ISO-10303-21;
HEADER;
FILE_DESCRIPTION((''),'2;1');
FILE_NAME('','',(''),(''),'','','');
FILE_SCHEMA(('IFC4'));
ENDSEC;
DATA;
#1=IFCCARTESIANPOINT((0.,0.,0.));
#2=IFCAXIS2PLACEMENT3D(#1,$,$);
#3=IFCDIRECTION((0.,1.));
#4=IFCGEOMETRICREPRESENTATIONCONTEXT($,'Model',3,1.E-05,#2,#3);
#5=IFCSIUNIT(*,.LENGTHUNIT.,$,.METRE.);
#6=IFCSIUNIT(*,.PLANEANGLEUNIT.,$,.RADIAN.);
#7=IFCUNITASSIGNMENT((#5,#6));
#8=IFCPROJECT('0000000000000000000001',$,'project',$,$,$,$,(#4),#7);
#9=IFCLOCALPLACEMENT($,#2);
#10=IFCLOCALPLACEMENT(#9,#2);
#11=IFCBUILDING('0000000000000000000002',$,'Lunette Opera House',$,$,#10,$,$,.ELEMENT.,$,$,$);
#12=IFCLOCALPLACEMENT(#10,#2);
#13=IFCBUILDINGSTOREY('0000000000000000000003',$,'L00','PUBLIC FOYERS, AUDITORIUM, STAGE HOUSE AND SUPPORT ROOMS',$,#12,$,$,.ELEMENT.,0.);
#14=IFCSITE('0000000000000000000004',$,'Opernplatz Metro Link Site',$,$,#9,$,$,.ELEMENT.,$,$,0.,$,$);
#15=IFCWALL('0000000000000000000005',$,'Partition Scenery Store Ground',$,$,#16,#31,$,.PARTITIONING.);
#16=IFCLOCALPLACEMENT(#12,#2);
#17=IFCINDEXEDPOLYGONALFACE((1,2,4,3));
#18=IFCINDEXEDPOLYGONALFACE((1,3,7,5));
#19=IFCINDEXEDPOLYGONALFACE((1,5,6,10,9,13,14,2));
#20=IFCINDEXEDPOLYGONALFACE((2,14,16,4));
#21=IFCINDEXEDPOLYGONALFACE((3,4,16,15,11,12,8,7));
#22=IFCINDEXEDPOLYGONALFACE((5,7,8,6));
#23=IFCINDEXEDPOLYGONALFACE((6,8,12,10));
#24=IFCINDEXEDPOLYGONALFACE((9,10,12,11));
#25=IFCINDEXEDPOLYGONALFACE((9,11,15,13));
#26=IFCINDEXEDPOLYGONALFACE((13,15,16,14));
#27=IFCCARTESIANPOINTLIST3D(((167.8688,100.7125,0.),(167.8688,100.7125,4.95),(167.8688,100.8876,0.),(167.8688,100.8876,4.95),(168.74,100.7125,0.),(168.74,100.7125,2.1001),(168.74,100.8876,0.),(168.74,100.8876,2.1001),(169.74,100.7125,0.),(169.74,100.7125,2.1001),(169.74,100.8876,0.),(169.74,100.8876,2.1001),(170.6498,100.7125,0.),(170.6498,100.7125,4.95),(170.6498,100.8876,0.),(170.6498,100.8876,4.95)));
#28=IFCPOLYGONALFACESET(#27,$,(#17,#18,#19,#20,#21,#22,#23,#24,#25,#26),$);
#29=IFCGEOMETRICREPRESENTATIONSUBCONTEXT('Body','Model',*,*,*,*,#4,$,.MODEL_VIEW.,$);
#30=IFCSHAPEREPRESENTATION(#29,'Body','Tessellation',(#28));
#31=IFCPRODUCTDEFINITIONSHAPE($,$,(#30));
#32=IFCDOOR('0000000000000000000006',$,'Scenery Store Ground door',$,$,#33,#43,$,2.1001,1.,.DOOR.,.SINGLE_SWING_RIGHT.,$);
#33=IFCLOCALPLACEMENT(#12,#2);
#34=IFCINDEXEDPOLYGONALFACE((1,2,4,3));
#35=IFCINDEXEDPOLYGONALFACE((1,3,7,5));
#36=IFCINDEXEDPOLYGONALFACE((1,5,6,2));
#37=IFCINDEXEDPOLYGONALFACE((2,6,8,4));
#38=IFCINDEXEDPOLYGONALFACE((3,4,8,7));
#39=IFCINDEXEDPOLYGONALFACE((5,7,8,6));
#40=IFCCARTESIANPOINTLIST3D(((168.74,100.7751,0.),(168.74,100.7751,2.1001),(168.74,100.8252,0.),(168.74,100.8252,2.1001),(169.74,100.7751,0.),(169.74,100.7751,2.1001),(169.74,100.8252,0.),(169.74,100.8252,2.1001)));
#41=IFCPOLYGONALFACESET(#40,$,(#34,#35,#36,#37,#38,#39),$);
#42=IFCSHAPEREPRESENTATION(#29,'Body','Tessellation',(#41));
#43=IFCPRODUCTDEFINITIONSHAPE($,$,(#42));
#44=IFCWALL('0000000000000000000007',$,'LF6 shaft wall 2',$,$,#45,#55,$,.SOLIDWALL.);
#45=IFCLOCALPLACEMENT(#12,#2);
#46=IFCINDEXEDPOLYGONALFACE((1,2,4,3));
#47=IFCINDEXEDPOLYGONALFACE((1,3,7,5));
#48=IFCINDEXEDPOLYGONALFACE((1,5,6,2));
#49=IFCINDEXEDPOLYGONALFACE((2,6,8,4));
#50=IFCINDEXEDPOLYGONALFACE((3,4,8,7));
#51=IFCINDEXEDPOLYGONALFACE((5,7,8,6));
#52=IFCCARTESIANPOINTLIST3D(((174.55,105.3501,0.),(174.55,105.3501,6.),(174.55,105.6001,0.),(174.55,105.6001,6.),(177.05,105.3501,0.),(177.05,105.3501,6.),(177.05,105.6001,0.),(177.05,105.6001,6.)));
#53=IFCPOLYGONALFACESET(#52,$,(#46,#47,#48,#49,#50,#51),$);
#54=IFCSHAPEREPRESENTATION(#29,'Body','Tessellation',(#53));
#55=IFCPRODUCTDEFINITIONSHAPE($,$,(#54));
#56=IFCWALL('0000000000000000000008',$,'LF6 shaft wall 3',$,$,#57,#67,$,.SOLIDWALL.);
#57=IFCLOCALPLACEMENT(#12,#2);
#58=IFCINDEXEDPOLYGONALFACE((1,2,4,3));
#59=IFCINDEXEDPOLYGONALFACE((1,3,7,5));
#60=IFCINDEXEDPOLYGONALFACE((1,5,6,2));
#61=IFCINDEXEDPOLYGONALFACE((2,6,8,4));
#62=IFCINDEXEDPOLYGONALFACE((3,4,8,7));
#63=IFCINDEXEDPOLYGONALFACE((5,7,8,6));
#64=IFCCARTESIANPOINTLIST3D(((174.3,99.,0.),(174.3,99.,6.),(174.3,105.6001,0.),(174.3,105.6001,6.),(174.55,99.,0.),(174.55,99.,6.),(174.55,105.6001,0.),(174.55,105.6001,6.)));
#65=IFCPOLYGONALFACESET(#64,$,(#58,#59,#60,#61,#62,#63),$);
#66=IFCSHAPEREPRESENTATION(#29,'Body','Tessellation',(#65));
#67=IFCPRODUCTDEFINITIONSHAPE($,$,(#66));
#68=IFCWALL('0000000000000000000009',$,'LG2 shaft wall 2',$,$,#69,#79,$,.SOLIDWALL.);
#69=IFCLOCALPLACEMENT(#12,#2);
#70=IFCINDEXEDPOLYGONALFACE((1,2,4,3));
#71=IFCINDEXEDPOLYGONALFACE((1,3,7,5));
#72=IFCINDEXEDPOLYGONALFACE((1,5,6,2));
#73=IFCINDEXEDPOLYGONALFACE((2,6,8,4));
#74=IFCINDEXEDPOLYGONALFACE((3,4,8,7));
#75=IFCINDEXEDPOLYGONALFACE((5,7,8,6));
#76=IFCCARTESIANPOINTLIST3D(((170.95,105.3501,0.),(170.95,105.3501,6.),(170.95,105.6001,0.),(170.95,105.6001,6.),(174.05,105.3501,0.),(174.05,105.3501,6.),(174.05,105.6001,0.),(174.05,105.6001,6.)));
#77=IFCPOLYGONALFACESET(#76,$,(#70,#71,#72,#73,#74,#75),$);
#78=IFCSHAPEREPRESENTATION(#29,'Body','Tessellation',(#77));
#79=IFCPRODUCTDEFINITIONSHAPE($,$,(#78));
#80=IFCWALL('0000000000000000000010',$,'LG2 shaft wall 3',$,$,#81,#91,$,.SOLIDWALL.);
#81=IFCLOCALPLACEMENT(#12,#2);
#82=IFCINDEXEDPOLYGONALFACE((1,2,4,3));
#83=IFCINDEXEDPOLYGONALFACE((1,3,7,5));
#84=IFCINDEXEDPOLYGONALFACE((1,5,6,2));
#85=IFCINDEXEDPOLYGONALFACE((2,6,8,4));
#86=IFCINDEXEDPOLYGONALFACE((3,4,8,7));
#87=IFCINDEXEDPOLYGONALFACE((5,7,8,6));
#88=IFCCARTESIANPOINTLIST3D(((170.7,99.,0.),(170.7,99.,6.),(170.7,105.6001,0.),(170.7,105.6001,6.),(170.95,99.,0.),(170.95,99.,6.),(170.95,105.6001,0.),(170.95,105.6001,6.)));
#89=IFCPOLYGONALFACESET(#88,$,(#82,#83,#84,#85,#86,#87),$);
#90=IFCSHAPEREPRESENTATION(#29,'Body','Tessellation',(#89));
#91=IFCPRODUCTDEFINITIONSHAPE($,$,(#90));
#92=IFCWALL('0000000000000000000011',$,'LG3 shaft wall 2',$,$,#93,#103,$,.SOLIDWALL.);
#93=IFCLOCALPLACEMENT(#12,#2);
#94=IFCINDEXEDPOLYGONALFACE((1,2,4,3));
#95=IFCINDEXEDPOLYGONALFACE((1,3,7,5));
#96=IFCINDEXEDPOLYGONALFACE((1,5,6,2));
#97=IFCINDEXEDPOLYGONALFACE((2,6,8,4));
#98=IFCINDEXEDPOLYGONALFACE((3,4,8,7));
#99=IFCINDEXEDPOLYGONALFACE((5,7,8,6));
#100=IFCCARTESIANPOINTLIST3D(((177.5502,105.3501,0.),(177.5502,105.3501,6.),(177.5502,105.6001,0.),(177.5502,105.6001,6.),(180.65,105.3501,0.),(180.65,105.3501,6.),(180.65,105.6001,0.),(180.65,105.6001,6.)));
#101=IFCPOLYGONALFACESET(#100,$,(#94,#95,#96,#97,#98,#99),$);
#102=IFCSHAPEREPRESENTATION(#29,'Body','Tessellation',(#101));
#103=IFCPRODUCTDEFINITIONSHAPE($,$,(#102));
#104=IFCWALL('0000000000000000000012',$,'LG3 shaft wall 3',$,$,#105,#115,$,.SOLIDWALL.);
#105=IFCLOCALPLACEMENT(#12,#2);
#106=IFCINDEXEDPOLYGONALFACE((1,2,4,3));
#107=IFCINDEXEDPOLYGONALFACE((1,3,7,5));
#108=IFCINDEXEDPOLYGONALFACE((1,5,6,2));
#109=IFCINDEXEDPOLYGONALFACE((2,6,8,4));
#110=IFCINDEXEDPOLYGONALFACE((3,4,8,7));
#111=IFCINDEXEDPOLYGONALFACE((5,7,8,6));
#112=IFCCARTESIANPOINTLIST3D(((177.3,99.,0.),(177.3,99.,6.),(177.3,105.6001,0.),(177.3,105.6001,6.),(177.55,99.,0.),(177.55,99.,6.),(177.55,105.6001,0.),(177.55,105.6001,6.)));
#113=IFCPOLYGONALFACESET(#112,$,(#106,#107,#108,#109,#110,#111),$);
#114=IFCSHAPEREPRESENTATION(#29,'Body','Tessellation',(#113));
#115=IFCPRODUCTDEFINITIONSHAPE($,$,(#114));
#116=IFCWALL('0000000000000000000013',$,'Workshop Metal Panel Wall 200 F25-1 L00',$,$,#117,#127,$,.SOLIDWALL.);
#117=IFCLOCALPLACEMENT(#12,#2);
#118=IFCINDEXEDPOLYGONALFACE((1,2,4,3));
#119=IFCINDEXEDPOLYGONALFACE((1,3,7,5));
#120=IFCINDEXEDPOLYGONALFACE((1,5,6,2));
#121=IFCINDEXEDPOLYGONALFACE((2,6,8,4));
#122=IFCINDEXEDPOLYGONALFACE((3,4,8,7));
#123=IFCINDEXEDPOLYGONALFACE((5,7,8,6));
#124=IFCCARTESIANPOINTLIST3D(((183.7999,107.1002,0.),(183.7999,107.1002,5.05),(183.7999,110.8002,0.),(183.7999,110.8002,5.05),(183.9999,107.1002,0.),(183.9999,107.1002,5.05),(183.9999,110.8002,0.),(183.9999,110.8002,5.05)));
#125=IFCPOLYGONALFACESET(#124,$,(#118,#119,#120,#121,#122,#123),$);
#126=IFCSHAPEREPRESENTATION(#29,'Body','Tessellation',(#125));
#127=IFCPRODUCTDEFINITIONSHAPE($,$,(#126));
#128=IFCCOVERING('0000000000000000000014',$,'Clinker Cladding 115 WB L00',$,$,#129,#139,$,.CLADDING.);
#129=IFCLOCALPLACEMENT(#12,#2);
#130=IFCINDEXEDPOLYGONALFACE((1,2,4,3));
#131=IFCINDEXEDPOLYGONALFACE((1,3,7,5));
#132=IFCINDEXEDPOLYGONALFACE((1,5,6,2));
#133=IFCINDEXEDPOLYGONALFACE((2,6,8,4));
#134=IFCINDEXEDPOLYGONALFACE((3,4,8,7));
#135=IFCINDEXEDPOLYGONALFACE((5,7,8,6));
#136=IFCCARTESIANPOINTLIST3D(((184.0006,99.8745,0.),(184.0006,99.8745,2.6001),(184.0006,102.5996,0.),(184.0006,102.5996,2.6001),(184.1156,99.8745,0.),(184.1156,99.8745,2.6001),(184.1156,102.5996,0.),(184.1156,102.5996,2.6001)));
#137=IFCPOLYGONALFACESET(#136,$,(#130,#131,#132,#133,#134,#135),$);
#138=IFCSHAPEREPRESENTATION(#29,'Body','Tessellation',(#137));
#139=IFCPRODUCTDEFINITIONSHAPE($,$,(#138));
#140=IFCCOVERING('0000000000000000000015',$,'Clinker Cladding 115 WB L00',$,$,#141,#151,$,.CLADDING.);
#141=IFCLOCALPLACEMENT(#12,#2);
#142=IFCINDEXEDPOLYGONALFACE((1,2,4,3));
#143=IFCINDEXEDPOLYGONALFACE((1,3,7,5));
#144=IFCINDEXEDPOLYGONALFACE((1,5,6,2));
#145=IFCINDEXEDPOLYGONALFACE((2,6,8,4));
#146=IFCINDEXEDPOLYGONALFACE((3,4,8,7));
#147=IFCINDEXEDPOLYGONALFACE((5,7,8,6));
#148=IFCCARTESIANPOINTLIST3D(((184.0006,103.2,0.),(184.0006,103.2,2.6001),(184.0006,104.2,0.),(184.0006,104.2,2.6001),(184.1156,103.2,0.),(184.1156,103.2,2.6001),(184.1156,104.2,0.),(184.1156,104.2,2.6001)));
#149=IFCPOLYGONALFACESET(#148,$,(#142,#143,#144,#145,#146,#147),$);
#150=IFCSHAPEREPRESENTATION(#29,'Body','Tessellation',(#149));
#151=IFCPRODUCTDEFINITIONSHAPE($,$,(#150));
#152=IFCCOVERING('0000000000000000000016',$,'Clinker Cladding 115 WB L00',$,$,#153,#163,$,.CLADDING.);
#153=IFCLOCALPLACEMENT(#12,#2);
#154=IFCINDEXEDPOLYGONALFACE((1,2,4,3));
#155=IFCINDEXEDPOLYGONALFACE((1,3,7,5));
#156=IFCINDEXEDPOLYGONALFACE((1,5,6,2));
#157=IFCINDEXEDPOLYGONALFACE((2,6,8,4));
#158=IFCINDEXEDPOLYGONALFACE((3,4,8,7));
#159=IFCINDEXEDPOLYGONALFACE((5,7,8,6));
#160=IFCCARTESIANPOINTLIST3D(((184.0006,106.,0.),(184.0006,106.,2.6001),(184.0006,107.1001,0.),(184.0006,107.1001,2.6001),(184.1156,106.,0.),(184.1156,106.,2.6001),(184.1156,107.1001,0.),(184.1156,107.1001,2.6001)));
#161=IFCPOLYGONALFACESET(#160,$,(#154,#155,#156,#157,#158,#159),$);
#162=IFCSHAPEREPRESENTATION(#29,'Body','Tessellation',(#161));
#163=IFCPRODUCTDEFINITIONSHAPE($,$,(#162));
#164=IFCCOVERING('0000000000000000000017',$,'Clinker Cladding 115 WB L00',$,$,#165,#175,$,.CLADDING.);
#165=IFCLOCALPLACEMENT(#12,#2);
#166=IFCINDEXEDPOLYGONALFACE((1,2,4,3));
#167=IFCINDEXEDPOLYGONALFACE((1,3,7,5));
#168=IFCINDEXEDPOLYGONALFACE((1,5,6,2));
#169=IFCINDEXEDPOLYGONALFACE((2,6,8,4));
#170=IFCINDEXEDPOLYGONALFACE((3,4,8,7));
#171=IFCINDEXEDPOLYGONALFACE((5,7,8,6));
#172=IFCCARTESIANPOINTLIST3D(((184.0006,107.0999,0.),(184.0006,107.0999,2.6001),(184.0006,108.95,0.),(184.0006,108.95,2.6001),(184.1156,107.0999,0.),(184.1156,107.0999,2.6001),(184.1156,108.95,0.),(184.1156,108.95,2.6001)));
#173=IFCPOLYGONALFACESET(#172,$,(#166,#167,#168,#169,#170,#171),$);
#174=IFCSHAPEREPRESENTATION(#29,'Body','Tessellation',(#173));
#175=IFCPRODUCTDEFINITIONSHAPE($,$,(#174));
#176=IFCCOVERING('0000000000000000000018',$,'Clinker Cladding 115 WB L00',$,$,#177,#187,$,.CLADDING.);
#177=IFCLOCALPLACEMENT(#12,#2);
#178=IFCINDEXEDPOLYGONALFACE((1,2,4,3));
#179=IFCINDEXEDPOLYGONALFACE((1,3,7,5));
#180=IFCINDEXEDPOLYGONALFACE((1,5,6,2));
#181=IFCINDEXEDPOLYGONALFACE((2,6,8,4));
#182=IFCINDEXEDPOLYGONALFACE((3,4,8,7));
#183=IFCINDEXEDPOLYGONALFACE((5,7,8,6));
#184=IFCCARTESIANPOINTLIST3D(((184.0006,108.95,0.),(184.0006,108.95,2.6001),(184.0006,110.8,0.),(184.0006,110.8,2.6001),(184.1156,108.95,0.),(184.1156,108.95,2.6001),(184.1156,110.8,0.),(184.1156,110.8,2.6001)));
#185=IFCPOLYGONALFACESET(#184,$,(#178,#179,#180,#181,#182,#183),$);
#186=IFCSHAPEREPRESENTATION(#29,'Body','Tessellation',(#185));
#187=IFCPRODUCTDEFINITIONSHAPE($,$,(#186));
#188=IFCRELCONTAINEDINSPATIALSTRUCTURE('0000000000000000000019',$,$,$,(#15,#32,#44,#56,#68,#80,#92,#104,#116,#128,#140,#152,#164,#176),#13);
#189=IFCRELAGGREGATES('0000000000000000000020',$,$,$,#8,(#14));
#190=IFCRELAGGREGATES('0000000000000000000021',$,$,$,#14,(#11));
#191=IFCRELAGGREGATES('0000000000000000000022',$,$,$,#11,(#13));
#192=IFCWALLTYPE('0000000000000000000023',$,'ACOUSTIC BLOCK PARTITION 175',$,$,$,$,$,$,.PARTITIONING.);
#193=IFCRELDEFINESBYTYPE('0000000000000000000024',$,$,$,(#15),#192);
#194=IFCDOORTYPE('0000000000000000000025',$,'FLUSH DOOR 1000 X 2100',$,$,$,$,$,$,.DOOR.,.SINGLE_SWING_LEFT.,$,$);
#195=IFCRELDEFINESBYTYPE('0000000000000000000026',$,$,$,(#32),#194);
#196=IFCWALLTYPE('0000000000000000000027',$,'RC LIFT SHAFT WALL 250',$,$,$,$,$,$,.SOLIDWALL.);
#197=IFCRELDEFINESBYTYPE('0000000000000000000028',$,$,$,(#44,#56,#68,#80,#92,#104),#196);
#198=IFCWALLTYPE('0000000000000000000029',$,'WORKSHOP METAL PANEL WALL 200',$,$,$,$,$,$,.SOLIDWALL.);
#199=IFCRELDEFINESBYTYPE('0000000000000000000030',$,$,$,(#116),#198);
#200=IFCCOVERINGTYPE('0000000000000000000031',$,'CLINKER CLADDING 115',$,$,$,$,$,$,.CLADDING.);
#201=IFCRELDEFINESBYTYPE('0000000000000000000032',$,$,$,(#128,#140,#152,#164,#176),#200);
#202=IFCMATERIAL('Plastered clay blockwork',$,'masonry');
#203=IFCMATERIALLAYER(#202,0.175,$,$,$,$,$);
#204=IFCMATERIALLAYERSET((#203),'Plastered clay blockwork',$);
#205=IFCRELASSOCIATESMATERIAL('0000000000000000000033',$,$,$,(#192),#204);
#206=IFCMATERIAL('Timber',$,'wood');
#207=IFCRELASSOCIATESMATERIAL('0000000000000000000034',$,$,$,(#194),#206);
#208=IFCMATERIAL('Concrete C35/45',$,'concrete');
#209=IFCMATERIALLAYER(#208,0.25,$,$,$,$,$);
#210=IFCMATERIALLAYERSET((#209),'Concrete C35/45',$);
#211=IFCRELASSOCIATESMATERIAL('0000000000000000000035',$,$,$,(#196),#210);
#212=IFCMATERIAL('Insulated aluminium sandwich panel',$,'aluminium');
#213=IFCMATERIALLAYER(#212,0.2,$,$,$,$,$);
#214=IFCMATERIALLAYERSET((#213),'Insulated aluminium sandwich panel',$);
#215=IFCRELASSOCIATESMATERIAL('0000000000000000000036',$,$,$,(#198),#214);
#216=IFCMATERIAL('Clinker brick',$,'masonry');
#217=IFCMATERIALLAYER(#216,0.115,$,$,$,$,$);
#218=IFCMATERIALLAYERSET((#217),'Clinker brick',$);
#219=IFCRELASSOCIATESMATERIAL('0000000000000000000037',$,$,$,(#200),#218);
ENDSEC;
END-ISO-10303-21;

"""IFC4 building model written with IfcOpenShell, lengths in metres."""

from ifc_helpers import new_model, si_unit, direction, frame, frame_2d, origin, origin_2d, place, context, subcontext, project, spatial, rectangle, extrude, material, layer, layer_set, type_object, element, fill, save


model = new_model("IFC4")

# Units and contexts
model_context = context("Model", 3, precision=1e-05, world=origin(), true_north=direction((0.0, 1.0)))
body_context = subcontext(model_context, "Body", "Model", "MODEL_VIEW")
ifc_project = project(units=[si_unit("LENGTHUNIT", "METRE"), si_unit("PLANEANGLEUNIT", "RADIAN")], contexts=[model_context])

# Site, building, storey
site_placement = place(None, origin())
site = spatial("IfcSite", under=ifc_project, at=site_placement, Name="Opernplatz Metro Link Site", CompositionType="ELEMENT", RefElevation=0.0)
building_placement = place(site_placement, origin())
building = spatial("IfcBuilding", under=site, at=building_placement, Name="Lunette Opera House", CompositionType="ELEMENT")
storey_placement = place(building_placement, origin())
storey = spatial("IfcBuildingStorey", under=building, at=storey_placement, Name="L00", Description="PUBLIC FOYERS, AUDITORIUM, STAGE HOUSE AND SUPPORT ROOMS", CompositionType="ELEMENT", Elevation=0.0)

# Wall, opening, door
ifc_material_1 = material(Name="Plastered clay blockwork", Category="masonry")
ifc_layer_1 = layer(ifc_material_1, 0.175)
ifc_layer_set_1 = layer_set([ifc_layer_1], Name="Plastered clay blockwork")
wall_type_1 = type_object("IfcWallType", Name="ACOUSTIC BLOCK PARTITION 175", PredefinedType="PARTITIONING", material=ifc_layer_set_1)
wall_1_placement = place(storey_placement, frame((170.6499, 100.8, 0.0), z_axis=(0.0, 0.0, 1.0), x_axis=(-1.0, 0.0, 0.0)))
wall_1 = element("IfcWall", 1, at=wall_1_placement, inside=storey, type_object=wall_type_1, Name="Partition Scenery Store Ground", PredefinedType="PARTITIONING", context=body_context, shape_type="SweptSolid", body=[
    extrude(rectangle(XDim=2.781, YDim=0.175, at=frame_2d((1.3906, 0.0))), origin(), (0.0, 0.0, 1.0), 4.95),
])
opening_1_placement = place(wall_1_placement, frame((0.9099, 0.0, 0.0)))
opening_1 = element("IfcOpeningElement", 2, at=opening_1_placement, cuts=wall_1, PredefinedType="OPENING", context=body_context, shape_type="SweptSolid", body=[
    extrude(rectangle(XDim=1.0, YDim=2.1001, at=frame_2d((0.5, 1.05))), frame((0.0, 0.0996, 0.0), z_axis=(0.0, -1.0, 0.0), x_axis=(1.0, 0.0, 0.0)), (0.0, 0.0, 1.0), 0.199),
])
ifc_material_2 = material(Name="Timber", Category="wood")
door_type_1 = type_object("IfcDoorType", Name="FLUSH DOOR 1000 X 2100", OperationType="SINGLE_SWING_LEFT", PredefinedType="DOOR", material=ifc_material_2)
door_1_placement = place(opening_1_placement, origin())
door_1 = element("IfcDoor", 3, at=door_1_placement, inside=storey, type_object=door_type_1, Name="Scenery Store Ground door", OperationType="SINGLE_SWING_RIGHT", OverallHeight=2.1001, OverallWidth=1.0, PredefinedType="DOOR", context=body_context, shape_type="SweptSolid", body=[
    extrude(rectangle(XDim=1.0, YDim=2.1001, at=frame_2d((0.5, 1.05))), frame((0.0, 0.0249, 0.0), z_axis=(0.0, -1.0, 0.0), x_axis=(1.0, 0.0, 0.0)), (0.0, 0.0, 1.0), 0.05),
])
fill(opening_1, door_1)

# Walls
ifc_material_3 = material(Name="Concrete C35/45", Category="concrete")
ifc_layer_2 = layer(ifc_material_3, 0.25)
ifc_layer_set_2 = layer_set([ifc_layer_2], Name="Concrete C35/45")
wall_type_2 = type_object("IfcWallType", Name="RC LIFT SHAFT WALL 250", PredefinedType="SOLIDWALL", material=ifc_layer_set_2)
wall_2_placement = place(storey_placement, frame((177.05, 105.4751, 0.0), z_axis=(0.0, 0.0, 1.0), x_axis=(-1.0, 0.0, 0.0)))
element("IfcWall", 4, at=wall_2_placement, inside=storey, type_object=wall_type_2, Name="LF6 shaft wall 2", PredefinedType="SOLIDWALL", context=body_context, shape_type="SweptSolid", body=[
    extrude(rectangle(XDim=2.5, YDim=0.25, at=frame_2d((1.25, 0.0))), origin(), (0.0, 0.0, 1.0), 6.0),
])
wall_3_placement = place(storey_placement, frame((174.425, 105.6001, 0.0), z_axis=(0.0, 0.0, 1.0), x_axis=(0.0, -1.0, 0.0)))
element("IfcWall", 5, at=wall_3_placement, inside=storey, type_object=wall_type_2, Name="LF6 shaft wall 3", PredefinedType="SOLIDWALL", context=body_context, shape_type="SweptSolid", body=[
    extrude(rectangle(XDim=6.6001, YDim=0.25, at=frame_2d((3.3, 0.0))), origin(), (0.0, 0.0, 1.0), 6.0),
])
wall_4_placement = place(storey_placement, frame((174.05, 105.4751, 0.0), z_axis=(0.0, 0.0, 1.0), x_axis=(-1.0, 0.0, 0.0)))
element("IfcWall", 6, at=wall_4_placement, inside=storey, type_object=wall_type_2, Name="LG2 shaft wall 2", PredefinedType="SOLIDWALL", context=body_context, shape_type="SweptSolid", body=[
    extrude(rectangle(XDim=3.1001, YDim=0.25, at=frame_2d((1.55, 0.0))), origin(), (0.0, 0.0, 1.0), 6.0),
])
wall_5_placement = place(storey_placement, frame((170.825, 105.6001, 0.0), z_axis=(0.0, 0.0, 1.0), x_axis=(0.0, -1.0, 0.0)))
element("IfcWall", 7, at=wall_5_placement, inside=storey, type_object=wall_type_2, Name="LG2 shaft wall 3", PredefinedType="SOLIDWALL", context=body_context, shape_type="SweptSolid", body=[
    extrude(rectangle(XDim=6.6001, YDim=0.25, at=frame_2d((3.3, 0.0))), origin(), (0.0, 0.0, 1.0), 6.0),
])
wall_6_placement = place(storey_placement, frame((180.6499, 105.4751, 0.0), z_axis=(0.0, 0.0, 1.0), x_axis=(-1.0, 0.0, 0.0)))
element("IfcWall", 8, at=wall_6_placement, inside=storey, type_object=wall_type_2, Name="LG3 shaft wall 2", PredefinedType="SOLIDWALL", context=body_context, shape_type="SweptSolid", body=[
    extrude(rectangle(XDim=3.0999, YDim=0.25, at=frame_2d((1.5498, 0.0))), origin(), (0.0, 0.0, 1.0), 6.0),
])
wall_7_placement = place(storey_placement, frame((177.425, 105.6001, 0.0), z_axis=(0.0, 0.0, 1.0), x_axis=(0.0, -1.0, 0.0)))
element("IfcWall", 9, at=wall_7_placement, inside=storey, type_object=wall_type_2, Name="LG3 shaft wall 3", PredefinedType="SOLIDWALL", context=body_context, shape_type="SweptSolid", body=[
    extrude(rectangle(XDim=6.6001, YDim=0.25, at=frame_2d((3.3, 0.0))), origin(), (0.0, 0.0, 1.0), 6.0),
])

# Shared definitions
ifc_material_4 = material(Name="Insulated aluminium sandwich panel", Category="aluminium")
ifc_layer_3 = layer(ifc_material_4, 0.2)
ifc_layer_set_3 = layer_set([ifc_layer_3], Name="Insulated aluminium sandwich panel")
wall_type_3 = type_object("IfcWallType", Name="WORKSHOP METAL PANEL WALL 200", PredefinedType="SOLIDWALL", material=ifc_layer_set_3)

# Wall
wall_8_placement = place(storey_placement, frame((183.8999, 107.1001, 0.0), z_axis=(0.0, 0.0, 1.0), x_axis=(0.0, 1.0, 0.0)))
element("IfcWall", 10, at=wall_8_placement, inside=storey, type_object=wall_type_3, Name="Workshop Metal Panel Wall 200 F25-1 L00", PredefinedType="SOLIDWALL", context=body_context, shape_type="SweptSolid", body=[
    extrude(rectangle(XDim=3.7, YDim=0.2, at=frame_2d((1.8501, 0.0))), origin(), (0.0, 0.0, 1.0), 5.05),
])

# Coverings
ifc_material_5 = material(Name="Clinker brick", Category="masonry")
ifc_layer_4 = layer(ifc_material_5, 0.115)
ifc_layer_set_4 = layer_set([ifc_layer_4], Name="Clinker brick")
covering_type_1 = type_object("IfcCoveringType", Name="CLINKER CLADDING 115", PredefinedType="CLADDING", material=ifc_layer_set_4)
covering_1_placement = place(storey_placement, frame((184.0581, 101.2371, 0.0), z_axis=(0.0, 0.0, 1.0), x_axis=(0.0, 1.0, 0.0)))
element("IfcCovering", 11, at=covering_1_placement, inside=storey, type_object=covering_type_1, Name="Clinker Cladding 115 WB L00", PredefinedType="CLADDING", context=body_context, shape_type="SweptSolid", body=[
    extrude(rectangle(XDim=2.7251, YDim=0.115, at=origin_2d()), origin(), (0.0, 0.0, 1.0), 2.6001),
])
covering_2_placement = place(storey_placement, frame((184.0581, 103.7, 0.0), z_axis=(0.0, 0.0, 1.0), x_axis=(0.0, 1.0, 0.0)))
element("IfcCovering", 12, at=covering_2_placement, inside=storey, type_object=covering_type_1, Name="Clinker Cladding 115 WB L00", PredefinedType="CLADDING", context=body_context, shape_type="SweptSolid", body=[
    extrude(rectangle(XDim=1.0, YDim=0.115, at=origin_2d()), origin(), (0.0, 0.0, 1.0), 2.6001),
])
covering_3_placement = place(storey_placement, frame((184.0581, 106.55, 0.0), z_axis=(0.0, 0.0, 1.0), x_axis=(0.0, 1.0, 0.0)))
element("IfcCovering", 13, at=covering_3_placement, inside=storey, type_object=covering_type_1, Name="Clinker Cladding 115 WB L00", PredefinedType="CLADDING", context=body_context, shape_type="SweptSolid", body=[
    extrude(rectangle(XDim=1.1001, YDim=0.115, at=origin_2d()), origin(), (0.0, 0.0, 1.0), 2.6001),
])
for number, where, z_axis, x_axis, name in (
    (14, (184.0581, 108.0249, 0.0), (0.0, 0.0, 1.0), (0.0, 1.0, 0.0), "Clinker Cladding 115 WB L00"),
    (15, (184.0581, 109.875, 0.0), (0.0, 0.0, 1.0), (0.0, 1.0, 0.0), "Clinker Cladding 115 WB L00"),
):
    element("IfcCovering", number, at=place(storey_placement, frame(where, z_axis=z_axis, x_axis=x_axis)), inside=storey, type_object=covering_type_1, Name=name, PredefinedType="CLADDING", context=body_context, shape_type="SweptSolid", body=[
        extrude(rectangle(XDim=1.8501, YDim=0.115, at=origin_2d()), origin(), (0.0, 0.0, 1.0), 2.6001),
    ])

save(model, "model.ifc")
